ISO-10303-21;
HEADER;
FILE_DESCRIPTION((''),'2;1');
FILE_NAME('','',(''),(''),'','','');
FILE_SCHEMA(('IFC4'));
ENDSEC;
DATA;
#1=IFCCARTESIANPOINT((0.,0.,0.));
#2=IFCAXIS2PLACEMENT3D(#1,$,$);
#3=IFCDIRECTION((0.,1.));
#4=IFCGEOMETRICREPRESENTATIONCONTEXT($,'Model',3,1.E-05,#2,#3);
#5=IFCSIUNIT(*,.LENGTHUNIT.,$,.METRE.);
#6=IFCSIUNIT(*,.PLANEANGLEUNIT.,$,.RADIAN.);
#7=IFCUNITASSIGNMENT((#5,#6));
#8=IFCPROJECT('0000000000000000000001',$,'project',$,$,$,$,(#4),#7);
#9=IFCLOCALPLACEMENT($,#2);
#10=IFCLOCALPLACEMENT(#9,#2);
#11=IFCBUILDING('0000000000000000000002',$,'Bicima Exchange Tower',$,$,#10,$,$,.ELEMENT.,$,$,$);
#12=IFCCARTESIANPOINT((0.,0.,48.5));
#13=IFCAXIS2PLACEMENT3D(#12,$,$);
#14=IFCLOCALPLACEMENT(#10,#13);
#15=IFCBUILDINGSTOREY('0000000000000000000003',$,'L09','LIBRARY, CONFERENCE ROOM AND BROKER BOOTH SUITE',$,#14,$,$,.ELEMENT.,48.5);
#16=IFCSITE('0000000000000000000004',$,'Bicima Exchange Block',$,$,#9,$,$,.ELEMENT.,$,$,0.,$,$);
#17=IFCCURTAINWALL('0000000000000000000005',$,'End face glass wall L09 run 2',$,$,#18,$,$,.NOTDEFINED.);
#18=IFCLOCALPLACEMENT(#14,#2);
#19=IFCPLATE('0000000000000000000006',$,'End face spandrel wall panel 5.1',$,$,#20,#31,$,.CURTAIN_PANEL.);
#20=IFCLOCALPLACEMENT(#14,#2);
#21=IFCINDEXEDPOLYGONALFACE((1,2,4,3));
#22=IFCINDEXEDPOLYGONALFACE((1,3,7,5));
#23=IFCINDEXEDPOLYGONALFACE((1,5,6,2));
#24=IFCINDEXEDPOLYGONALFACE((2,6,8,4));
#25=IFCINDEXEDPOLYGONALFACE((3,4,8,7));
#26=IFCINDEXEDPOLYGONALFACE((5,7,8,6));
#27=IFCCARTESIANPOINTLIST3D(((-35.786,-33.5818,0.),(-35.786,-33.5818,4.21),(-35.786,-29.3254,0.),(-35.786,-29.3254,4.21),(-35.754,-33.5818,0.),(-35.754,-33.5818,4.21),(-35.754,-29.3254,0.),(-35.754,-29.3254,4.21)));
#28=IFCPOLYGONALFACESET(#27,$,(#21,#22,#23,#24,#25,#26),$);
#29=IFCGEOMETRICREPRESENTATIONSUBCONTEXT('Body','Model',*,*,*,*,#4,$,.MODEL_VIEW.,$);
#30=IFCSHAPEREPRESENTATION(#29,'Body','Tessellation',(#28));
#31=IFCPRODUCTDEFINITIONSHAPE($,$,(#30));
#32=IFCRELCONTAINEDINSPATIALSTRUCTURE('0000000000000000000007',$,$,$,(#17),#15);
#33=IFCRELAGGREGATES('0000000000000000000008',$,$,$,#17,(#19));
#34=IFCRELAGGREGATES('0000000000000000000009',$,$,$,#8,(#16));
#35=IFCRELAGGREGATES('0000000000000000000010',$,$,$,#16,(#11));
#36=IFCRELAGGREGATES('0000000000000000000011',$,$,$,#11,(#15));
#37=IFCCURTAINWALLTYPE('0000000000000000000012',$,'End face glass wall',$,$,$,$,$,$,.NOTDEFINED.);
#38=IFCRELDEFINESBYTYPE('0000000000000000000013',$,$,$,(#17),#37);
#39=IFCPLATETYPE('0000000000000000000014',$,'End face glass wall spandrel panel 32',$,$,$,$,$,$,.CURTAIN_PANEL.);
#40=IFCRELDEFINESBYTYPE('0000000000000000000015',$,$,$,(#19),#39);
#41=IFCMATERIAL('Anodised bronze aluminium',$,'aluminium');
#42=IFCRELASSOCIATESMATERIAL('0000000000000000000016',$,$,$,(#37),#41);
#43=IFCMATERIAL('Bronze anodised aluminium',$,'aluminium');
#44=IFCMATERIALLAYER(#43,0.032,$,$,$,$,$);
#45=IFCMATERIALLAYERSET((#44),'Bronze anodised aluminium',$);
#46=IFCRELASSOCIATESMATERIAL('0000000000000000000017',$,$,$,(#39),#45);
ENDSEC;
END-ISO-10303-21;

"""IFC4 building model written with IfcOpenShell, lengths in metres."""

from ifc_helpers import new_model, si_unit, direction, frame, origin, origin_2d, place, context, subcontext, project, spatial, rectangle, extrude, material, layer, layer_set, type_object, element, aggregate, save


model = new_model("IFC4")

# Units and contexts
model_context = context("Model", 3, precision=1e-05, world=origin(), true_north=direction((0.0, 1.0)))
body_context = subcontext(model_context, "Body", "Model", "MODEL_VIEW")
ifc_project = project(units=[si_unit("LENGTHUNIT", "METRE"), si_unit("PLANEANGLEUNIT", "RADIAN")], contexts=[model_context])

# Site, building, storey
site_placement = place(None, origin())
site = spatial("IfcSite", under=ifc_project, at=site_placement, Name="Bicima Exchange Block", CompositionType="ELEMENT", RefElevation=0.0)
building_placement = place(site_placement, origin())
building = spatial("IfcBuilding", under=site, at=building_placement, Name="Bicima Exchange Tower", CompositionType="ELEMENT")
storey_placement = place(building_placement, frame((0.0, 0.0, 48.5)))
storey = spatial("IfcBuildingStorey", under=building, at=storey_placement, Name="L09", Description="LIBRARY, CONFERENCE ROOM AND BROKER BOOTH SUITE", CompositionType="ELEMENT", Elevation=48.5)

# Curtain wall
ifc_material_1 = material(Name="Anodised bronze aluminium", Category="aluminium")
curtain_wall_type = type_object("IfcCurtainWallType", Name="End face glass wall", PredefinedType="NOTDEFINED", material=ifc_material_1)
curtain_wall_placement = place(storey_placement, origin())
curtain_wall = element("IfcCurtainWall", 1, at=curtain_wall_placement, inside=storey, type_object=curtain_wall_type, Name="End face glass wall L09 run 2", PredefinedType="NOTDEFINED")

# Plate
ifc_material_2 = material(Name="Bronze anodised aluminium", Category="aluminium")
ifc_layer_1 = layer(ifc_material_2, 0.032)
ifc_layer_set_1 = layer_set([ifc_layer_1], Name="Bronze anodised aluminium")
plate_type_1 = type_object("IfcPlateType", Name="End face glass wall spandrel panel 32", PredefinedType="CURTAIN_PANEL", material=ifc_layer_set_1)
plate_1_placement = place(storey_placement, frame((-35.77, -31.4536, 0.0), z_axis=(0.0, 0.0, 1.0), x_axis=(0.0, -1.0, 0.0)))
plate_1 = element("IfcPlate", 2, at=plate_1_placement, type_object=plate_type_1, Name="End face spandrel wall panel 5.1", PredefinedType="CURTAIN_PANEL", context=body_context, shape_type="SweptSolid", body=[
    extrude(rectangle(XDim=4.2563, YDim=0.032, at=origin_2d()), origin(), (0.0, 0.0, 1.0), 4.21),
])
aggregate(curtain_wall, [plate_1])

save(model, "model.ifc")
